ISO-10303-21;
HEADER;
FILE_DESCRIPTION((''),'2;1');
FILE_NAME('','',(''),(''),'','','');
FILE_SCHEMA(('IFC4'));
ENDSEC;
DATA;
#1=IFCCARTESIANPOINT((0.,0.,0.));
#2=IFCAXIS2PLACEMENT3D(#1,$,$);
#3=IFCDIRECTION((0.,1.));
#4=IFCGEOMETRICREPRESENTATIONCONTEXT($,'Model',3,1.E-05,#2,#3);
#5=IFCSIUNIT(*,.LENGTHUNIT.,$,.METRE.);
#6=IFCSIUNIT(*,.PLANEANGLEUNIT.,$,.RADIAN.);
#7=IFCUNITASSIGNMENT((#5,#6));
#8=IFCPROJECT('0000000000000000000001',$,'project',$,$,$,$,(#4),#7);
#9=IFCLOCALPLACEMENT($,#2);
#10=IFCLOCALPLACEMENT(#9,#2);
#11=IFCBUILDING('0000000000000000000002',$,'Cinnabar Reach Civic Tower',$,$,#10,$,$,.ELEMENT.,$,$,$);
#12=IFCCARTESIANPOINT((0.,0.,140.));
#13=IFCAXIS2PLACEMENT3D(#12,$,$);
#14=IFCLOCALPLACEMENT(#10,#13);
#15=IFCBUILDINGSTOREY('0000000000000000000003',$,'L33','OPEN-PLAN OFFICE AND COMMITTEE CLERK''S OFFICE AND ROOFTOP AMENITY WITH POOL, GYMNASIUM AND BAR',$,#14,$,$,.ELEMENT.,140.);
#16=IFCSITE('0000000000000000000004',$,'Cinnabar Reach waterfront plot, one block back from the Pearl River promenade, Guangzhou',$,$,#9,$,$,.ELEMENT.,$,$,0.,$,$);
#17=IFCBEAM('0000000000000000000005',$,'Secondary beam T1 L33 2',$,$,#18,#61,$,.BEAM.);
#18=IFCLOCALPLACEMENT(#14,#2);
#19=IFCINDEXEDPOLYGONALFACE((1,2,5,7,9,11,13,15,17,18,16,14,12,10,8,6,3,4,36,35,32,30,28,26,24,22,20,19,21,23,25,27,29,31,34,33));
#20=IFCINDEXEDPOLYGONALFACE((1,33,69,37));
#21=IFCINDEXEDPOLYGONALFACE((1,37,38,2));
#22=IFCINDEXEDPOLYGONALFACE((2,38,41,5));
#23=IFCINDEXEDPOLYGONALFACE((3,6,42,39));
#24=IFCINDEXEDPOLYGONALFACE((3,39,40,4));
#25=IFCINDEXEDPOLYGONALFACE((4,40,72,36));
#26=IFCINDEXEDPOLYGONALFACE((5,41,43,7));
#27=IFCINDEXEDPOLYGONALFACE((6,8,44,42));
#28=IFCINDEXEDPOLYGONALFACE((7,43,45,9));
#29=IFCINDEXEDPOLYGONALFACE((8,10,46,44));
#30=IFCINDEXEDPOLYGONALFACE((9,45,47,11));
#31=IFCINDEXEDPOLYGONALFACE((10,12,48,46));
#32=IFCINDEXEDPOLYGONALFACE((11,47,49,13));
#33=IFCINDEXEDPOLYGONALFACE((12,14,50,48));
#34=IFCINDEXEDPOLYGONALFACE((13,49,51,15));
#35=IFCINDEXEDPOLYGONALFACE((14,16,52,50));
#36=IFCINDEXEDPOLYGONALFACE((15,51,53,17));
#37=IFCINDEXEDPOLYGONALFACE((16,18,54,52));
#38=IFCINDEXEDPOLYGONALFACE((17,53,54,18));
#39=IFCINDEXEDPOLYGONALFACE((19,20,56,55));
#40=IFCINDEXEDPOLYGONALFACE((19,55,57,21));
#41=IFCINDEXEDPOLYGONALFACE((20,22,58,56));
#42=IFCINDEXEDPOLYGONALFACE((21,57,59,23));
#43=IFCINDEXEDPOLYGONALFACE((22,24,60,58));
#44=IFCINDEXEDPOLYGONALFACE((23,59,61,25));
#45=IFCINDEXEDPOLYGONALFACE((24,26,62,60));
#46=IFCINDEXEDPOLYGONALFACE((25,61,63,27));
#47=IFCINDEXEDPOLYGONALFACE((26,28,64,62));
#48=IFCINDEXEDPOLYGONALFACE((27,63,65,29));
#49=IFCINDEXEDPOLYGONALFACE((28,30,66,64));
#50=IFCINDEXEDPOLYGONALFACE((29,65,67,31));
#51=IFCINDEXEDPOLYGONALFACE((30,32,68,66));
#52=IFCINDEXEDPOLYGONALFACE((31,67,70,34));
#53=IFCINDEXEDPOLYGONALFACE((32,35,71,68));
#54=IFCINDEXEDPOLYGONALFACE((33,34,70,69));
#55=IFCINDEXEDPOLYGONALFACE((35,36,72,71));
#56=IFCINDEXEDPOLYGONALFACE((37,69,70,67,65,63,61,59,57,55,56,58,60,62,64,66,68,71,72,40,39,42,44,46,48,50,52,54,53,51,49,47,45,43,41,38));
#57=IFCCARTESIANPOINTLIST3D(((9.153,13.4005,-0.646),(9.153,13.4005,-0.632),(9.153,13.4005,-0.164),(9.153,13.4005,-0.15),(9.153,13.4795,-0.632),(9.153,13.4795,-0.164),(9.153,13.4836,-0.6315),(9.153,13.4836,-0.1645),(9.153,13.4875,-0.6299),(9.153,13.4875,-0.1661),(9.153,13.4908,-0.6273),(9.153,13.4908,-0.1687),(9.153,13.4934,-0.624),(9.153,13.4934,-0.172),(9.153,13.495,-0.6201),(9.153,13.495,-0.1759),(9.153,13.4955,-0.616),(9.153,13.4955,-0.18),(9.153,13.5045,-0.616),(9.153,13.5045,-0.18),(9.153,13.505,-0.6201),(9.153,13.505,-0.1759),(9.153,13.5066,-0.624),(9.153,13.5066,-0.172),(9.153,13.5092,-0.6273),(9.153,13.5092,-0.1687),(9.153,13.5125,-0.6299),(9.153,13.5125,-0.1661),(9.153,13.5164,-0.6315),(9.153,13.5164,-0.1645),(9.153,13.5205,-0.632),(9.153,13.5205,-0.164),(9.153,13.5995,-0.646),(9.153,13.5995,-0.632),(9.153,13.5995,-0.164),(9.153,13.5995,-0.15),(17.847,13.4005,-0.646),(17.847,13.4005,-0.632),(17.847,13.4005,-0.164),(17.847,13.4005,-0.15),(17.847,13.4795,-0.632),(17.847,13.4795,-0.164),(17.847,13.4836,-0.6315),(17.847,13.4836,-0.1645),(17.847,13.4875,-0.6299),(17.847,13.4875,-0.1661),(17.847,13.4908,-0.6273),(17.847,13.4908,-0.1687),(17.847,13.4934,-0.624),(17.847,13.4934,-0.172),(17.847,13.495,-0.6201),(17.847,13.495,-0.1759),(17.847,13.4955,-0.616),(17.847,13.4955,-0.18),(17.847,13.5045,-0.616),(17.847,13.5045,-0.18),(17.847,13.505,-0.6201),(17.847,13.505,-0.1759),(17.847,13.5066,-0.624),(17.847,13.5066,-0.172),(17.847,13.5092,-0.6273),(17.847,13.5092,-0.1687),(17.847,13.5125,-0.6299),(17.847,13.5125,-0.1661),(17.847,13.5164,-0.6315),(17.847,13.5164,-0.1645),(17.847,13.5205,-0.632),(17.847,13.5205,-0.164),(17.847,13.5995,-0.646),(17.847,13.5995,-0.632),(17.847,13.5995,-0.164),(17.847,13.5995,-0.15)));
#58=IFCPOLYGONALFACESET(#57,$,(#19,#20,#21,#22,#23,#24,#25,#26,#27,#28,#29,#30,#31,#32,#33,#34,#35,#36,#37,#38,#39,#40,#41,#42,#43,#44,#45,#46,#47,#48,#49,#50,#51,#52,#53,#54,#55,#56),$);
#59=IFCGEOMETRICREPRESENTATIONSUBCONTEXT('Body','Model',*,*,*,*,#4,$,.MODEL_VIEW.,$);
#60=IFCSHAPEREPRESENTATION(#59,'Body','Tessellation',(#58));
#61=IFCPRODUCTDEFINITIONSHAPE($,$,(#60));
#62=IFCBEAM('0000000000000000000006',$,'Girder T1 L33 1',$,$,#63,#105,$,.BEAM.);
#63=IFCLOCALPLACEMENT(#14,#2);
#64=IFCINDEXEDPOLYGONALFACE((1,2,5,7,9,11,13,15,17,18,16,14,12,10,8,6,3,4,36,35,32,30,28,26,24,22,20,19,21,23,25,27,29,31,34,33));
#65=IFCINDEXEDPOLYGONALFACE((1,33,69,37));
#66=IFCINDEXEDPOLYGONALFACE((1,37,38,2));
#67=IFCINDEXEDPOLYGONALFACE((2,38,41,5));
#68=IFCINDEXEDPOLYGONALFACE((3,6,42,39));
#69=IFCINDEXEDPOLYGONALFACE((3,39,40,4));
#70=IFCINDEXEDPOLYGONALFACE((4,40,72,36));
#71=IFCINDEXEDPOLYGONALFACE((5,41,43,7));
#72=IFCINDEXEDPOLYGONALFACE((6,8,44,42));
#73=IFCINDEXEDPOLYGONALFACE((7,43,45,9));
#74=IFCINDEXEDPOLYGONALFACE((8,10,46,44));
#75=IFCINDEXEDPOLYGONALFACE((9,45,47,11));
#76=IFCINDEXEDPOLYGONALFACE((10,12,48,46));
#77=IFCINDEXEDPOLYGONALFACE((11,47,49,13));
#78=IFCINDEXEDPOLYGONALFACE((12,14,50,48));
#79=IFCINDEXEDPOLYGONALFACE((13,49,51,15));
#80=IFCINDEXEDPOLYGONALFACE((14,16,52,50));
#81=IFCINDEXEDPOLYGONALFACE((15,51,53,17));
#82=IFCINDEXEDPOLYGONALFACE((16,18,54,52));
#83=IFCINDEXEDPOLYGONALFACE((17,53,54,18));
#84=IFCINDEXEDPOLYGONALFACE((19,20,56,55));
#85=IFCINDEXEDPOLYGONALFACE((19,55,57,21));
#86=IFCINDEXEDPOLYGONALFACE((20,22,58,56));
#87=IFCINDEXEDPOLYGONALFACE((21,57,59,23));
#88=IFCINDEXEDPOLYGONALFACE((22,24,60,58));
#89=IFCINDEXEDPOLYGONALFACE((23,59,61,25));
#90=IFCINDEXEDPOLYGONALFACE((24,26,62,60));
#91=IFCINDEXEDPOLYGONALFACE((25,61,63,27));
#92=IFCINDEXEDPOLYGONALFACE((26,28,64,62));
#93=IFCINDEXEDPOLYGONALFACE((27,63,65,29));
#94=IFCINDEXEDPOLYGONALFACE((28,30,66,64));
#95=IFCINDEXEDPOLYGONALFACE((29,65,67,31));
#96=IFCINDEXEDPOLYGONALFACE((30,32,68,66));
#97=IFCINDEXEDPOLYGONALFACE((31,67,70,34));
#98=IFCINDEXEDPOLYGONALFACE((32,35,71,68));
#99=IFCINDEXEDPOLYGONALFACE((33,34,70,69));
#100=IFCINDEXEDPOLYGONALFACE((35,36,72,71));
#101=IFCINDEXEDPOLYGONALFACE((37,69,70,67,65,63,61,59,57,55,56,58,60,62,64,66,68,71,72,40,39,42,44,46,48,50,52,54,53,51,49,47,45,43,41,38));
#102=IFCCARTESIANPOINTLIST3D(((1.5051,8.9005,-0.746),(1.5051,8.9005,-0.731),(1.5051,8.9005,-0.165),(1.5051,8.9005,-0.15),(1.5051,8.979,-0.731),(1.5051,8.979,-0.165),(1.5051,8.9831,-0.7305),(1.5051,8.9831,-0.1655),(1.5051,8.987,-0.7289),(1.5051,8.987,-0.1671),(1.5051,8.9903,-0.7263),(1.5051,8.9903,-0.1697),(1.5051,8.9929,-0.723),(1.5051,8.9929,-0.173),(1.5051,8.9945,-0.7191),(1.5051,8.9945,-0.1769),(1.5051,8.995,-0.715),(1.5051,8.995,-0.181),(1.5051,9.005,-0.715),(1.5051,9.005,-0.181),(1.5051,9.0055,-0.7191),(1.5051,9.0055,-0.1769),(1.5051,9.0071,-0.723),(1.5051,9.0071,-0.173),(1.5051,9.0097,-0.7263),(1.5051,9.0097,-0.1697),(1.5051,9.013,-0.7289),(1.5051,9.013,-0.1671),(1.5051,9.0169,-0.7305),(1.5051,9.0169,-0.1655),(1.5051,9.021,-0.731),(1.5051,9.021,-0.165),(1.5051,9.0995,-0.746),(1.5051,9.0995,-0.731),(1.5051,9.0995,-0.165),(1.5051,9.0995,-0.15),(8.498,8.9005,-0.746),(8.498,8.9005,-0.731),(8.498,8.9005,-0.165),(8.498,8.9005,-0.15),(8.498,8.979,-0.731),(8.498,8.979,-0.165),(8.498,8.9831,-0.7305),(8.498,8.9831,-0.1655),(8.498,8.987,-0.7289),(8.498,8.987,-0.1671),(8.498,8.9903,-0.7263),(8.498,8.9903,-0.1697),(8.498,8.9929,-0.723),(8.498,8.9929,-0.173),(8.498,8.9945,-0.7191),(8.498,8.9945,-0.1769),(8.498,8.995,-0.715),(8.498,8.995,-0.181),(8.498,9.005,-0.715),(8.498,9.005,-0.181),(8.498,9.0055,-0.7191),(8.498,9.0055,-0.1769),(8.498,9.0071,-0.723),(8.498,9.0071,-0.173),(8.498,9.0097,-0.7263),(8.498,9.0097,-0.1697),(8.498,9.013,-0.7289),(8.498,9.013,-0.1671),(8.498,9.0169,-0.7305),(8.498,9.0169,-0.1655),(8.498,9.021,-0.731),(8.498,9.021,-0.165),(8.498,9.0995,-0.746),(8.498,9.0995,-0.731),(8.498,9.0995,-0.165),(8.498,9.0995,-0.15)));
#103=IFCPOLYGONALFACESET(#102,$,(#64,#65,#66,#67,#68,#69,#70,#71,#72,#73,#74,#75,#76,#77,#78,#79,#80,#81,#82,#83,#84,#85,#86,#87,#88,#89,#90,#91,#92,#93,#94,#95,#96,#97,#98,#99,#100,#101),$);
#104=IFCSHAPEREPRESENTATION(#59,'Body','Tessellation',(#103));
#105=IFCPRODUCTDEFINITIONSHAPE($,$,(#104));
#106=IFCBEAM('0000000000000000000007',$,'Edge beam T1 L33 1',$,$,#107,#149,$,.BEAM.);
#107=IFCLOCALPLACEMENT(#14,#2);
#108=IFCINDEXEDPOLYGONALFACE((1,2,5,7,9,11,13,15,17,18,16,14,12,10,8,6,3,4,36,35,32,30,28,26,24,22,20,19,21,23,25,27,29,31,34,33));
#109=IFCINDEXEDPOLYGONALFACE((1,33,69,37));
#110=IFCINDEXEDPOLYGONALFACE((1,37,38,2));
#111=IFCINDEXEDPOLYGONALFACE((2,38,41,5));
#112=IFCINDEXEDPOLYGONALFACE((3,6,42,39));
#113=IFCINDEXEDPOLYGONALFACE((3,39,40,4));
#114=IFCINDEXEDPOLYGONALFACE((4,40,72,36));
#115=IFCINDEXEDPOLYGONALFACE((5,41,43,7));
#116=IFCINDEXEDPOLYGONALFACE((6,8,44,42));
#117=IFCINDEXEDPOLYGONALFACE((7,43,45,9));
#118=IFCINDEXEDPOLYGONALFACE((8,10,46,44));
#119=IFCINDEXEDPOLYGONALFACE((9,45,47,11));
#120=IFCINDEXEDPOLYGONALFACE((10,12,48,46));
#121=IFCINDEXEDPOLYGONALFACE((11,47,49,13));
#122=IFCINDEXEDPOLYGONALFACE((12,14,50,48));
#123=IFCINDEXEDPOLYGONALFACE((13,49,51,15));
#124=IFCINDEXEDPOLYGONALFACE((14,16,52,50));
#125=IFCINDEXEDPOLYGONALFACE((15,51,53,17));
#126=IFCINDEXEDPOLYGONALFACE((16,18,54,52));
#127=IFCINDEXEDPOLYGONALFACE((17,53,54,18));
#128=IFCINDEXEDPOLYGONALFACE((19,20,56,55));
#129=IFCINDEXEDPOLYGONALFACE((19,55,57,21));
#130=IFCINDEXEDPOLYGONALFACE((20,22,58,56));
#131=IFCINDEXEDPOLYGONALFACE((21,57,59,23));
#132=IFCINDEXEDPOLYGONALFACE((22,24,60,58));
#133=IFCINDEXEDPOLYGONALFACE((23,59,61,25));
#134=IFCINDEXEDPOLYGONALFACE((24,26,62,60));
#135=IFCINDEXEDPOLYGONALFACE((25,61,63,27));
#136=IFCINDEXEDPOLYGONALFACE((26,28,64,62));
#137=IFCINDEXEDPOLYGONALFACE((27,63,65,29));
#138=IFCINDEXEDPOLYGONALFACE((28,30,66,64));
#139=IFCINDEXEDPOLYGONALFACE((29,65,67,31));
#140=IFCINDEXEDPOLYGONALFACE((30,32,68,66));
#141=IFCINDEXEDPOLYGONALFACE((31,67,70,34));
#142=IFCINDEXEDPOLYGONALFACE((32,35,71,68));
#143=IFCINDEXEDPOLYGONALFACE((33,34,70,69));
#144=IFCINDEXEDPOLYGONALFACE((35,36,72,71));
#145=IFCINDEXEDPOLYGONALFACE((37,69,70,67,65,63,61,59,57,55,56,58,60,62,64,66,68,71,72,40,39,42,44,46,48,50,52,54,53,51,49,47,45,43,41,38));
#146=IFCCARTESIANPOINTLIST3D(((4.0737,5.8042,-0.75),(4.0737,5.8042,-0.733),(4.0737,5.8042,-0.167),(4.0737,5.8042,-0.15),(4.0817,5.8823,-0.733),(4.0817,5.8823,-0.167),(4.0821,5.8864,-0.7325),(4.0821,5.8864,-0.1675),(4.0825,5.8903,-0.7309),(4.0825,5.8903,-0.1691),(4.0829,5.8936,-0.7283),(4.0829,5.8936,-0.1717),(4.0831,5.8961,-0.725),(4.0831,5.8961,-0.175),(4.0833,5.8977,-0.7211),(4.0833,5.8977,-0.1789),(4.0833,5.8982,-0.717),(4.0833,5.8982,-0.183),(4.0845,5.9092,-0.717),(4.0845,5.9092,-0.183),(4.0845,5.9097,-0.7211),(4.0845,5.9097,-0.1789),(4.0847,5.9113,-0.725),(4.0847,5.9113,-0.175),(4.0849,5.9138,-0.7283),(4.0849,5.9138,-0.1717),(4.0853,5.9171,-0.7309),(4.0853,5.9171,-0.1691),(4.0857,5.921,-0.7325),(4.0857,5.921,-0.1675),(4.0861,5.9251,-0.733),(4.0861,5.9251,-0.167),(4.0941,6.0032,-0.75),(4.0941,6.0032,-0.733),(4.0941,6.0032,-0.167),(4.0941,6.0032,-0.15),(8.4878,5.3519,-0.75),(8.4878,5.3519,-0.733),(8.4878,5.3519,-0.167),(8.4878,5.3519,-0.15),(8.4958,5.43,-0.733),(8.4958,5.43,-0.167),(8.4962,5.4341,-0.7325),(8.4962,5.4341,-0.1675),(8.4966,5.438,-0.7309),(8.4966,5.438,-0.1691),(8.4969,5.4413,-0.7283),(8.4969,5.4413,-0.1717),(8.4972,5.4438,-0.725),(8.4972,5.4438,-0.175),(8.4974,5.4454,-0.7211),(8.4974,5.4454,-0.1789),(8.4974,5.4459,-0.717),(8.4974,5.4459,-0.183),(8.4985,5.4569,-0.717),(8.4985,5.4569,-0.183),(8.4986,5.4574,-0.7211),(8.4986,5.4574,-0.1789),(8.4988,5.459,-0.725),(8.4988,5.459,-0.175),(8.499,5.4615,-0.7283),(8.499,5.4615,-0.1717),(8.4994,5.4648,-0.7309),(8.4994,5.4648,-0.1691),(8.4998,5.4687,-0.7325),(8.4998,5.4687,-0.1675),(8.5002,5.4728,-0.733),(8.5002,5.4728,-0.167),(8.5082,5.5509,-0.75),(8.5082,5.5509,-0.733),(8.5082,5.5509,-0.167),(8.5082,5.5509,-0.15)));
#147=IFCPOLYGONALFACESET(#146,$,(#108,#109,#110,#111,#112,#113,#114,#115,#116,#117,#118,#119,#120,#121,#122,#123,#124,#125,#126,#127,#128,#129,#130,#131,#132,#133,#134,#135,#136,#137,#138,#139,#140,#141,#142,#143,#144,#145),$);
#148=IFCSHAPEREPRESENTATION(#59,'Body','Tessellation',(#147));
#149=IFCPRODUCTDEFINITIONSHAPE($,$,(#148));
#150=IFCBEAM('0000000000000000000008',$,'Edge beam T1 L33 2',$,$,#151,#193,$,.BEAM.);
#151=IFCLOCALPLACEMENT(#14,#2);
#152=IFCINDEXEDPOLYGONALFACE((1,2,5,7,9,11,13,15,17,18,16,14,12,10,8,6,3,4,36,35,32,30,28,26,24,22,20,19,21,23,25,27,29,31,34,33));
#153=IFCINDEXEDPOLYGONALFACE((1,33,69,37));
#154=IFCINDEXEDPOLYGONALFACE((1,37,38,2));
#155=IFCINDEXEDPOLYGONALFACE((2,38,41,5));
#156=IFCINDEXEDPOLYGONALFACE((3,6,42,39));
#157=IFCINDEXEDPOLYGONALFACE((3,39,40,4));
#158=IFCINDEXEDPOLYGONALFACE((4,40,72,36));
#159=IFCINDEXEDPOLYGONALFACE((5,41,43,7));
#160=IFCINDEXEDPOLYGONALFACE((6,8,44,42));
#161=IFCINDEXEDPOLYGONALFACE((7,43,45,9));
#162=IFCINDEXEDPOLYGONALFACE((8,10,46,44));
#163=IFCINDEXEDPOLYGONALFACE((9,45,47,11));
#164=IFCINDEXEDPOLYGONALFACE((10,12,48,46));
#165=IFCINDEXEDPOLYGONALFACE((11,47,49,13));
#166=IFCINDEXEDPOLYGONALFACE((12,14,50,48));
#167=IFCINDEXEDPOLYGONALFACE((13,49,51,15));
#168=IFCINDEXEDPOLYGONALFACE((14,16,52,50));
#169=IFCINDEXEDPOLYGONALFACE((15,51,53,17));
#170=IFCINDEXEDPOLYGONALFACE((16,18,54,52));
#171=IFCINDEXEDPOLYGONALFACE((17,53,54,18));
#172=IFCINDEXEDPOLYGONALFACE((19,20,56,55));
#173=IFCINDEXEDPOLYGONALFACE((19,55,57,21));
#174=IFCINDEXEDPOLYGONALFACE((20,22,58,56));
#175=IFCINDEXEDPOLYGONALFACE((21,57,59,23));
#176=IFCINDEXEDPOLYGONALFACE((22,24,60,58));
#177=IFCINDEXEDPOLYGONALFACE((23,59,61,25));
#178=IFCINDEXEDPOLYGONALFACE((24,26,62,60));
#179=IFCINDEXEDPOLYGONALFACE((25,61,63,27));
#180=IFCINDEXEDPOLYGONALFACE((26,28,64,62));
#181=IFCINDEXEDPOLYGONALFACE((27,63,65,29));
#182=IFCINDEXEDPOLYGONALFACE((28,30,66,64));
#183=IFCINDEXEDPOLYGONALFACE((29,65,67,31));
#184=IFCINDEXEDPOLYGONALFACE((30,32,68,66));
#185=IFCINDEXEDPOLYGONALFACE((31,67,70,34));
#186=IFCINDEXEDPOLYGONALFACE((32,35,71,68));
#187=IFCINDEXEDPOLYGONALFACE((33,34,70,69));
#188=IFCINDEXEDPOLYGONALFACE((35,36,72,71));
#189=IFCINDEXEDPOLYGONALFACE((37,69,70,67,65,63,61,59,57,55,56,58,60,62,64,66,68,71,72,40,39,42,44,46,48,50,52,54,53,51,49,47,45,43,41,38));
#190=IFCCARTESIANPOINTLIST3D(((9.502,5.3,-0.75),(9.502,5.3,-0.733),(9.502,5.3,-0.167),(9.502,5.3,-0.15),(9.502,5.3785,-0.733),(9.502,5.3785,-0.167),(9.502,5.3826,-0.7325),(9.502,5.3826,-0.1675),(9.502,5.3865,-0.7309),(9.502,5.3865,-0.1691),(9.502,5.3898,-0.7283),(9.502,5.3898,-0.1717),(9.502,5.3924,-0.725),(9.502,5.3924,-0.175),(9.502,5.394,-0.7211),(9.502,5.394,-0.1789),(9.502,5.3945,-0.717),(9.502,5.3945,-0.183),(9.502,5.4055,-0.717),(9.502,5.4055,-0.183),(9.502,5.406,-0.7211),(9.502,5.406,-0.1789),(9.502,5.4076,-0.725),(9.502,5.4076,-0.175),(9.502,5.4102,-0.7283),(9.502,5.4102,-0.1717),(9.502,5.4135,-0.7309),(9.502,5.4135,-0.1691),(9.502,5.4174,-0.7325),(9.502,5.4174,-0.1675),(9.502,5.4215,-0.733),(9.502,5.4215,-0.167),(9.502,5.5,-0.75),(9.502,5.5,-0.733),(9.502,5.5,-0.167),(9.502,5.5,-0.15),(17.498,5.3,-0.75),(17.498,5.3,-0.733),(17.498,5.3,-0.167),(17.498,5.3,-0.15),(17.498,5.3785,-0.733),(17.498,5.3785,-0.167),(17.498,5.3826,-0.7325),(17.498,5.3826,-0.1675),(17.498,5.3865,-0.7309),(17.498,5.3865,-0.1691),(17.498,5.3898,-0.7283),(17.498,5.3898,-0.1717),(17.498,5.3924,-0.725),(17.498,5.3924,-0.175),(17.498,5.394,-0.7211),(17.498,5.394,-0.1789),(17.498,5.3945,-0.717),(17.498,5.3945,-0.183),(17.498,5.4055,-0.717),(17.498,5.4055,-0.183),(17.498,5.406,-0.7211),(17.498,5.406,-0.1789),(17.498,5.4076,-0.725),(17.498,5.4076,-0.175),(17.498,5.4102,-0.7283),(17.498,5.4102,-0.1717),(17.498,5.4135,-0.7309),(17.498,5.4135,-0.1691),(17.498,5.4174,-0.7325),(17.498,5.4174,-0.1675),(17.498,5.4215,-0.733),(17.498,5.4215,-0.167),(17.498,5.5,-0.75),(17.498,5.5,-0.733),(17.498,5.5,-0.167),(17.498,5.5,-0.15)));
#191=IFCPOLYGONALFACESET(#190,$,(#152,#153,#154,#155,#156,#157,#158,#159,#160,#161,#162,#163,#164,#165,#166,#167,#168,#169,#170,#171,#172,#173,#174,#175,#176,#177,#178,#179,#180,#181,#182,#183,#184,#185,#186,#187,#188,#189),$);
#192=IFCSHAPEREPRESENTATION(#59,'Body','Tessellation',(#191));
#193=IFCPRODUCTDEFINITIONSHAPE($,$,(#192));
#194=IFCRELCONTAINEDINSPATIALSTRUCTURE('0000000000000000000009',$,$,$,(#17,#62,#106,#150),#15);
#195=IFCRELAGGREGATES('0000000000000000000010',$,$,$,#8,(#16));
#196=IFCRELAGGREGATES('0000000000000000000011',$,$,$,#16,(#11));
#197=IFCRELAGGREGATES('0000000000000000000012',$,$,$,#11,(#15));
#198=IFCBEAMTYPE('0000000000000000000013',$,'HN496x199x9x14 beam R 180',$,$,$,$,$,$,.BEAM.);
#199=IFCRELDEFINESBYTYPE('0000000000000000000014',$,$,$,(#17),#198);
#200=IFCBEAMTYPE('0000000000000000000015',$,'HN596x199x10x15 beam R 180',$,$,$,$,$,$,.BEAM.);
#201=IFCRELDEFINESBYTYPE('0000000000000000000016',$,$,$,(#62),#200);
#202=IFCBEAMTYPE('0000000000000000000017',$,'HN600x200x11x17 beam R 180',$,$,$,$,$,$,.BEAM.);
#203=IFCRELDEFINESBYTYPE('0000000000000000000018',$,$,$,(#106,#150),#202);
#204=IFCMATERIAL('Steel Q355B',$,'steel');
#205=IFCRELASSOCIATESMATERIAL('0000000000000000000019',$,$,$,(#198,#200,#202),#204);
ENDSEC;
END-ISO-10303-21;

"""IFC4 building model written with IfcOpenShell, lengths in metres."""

from ifc_helpers import new_model, si_unit, direction, frame, origin, origin_2d, place, context, subcontext, project, spatial, i_section, extrude, material, material_profile, profile_set, type_object, element, save


model = new_model("IFC4")

# Units and contexts
model_context = context("Model", 3, precision=1e-05, world=origin(), true_north=direction((0.0, 1.0)))
body_context = subcontext(model_context, "Body", "Model", "MODEL_VIEW")
ifc_project = project(units=[si_unit("LENGTHUNIT", "METRE"), si_unit("PLANEANGLEUNIT", "RADIAN")], contexts=[model_context])

# Site, building, storey
site_placement = place(None, origin())
site = spatial("IfcSite", under=ifc_project, at=site_placement, Name="Cinnabar Reach waterfront plot, one block back from the Pearl River promenade, Guangzhou", CompositionType="ELEMENT", RefElevation=0.0)
building_placement = place(site_placement, origin())
building = spatial("IfcBuilding", under=site, at=building_placement, Name="Cinnabar Reach Civic Tower", CompositionType="ELEMENT")
storey_placement = place(building_placement, frame((0.0, 0.0, 140.0)))
storey = spatial("IfcBuildingStorey", under=building, at=storey_placement, Name="L33", Description="OPEN-PLAN OFFICE AND COMMITTEE CLERK'S OFFICE AND ROOFTOP AMENITY WITH POOL, GYMNASIUM AND BAR", CompositionType="ELEMENT", Elevation=140.0)

# Beams
ifc_material_1 = material(Name="Steel Q355B", Category="steel")
ifc_material_profile_1 = material_profile(ifc_material_1, i_section(OverallWidth=0.199, OverallDepth=0.496, WebThickness=0.009, FlangeThickness=0.014, FilletRadius=0.016, at=origin_2d()), Name="HN496x199x9x14")
ifc_profile_set_1 = profile_set([ifc_material_profile_1], Name="Steel Q355B")
beam_type_1 = type_object("IfcBeamType", Name="HN496x199x9x14 beam R 180", PredefinedType="BEAM", material=ifc_profile_set_1)
beam_1_placement = place(storey_placement, frame((9.153, 13.5, -0.398), z_axis=(1.0, 0.0, 0.0), x_axis=(0.0, 1.0, 0.0)))
element("IfcBeam", 1, at=beam_1_placement, inside=storey, type_object=beam_type_1, Name="Secondary beam T1 L33 2", PredefinedType="BEAM", context=body_context, shape_type="SweptSolid", body=[
    extrude(i_section(OverallWidth=0.199, OverallDepth=0.496, WebThickness=0.009, FlangeThickness=0.014, FilletRadius=0.016, at=origin_2d()), origin(), (0.0, 0.0, 1.0), 8.694),
])
ifc_material_profile_2 = material_profile(ifc_material_1, i_section(OverallWidth=0.199, OverallDepth=0.596, WebThickness=0.01, FlangeThickness=0.015, FilletRadius=0.016, at=origin_2d()), Name="HN596x199x10x15")
ifc_profile_set_2 = profile_set([ifc_material_profile_2], Name="Steel Q355B")
beam_type_2 = type_object("IfcBeamType", Name="HN596x199x10x15 beam R 180", PredefinedType="BEAM", material=ifc_profile_set_2)
beam_2_placement = place(storey_placement, frame((1.5051, 9.0, -0.448), z_axis=(1.0, 0.0, 0.0), x_axis=(0.0, 1.0, 0.0)))
element("IfcBeam", 2, at=beam_2_placement, inside=storey, type_object=beam_type_2, Name="Girder T1 L33 1", PredefinedType="BEAM", context=body_context, shape_type="SweptSolid", body=[
    extrude(i_section(OverallWidth=0.199, OverallDepth=0.596, WebThickness=0.01, FlangeThickness=0.015, FilletRadius=0.016, at=origin_2d()), origin(), (0.0, 0.0, 1.0), 6.9929),
])
ifc_material_profile_3 = material_profile(ifc_material_1, i_section(OverallWidth=0.2, OverallDepth=0.6, WebThickness=0.011, FlangeThickness=0.017, FilletRadius=0.016, at=origin_2d()), Name="HN600x200x11x17")
ifc_profile_set_3 = profile_set([ifc_material_profile_3], Name="Steel Q355B")
beam_type_3 = type_object("IfcBeamType", Name="HN600x200x11x17 beam R 180", PredefinedType="BEAM", material=ifc_profile_set_3)
beam_3_placement = place(storey_placement, frame((4.0839, 5.9037, -0.45), z_axis=(0.994791, -0.101933, 0.0), x_axis=(0.101933, 0.994791, 0.0)))
element("IfcBeam", 3, at=beam_3_placement, inside=storey, type_object=beam_type_3, Name="Edge beam T1 L33 1", PredefinedType="BEAM", context=body_context, shape_type="SweptSolid", body=[
    extrude(i_section(OverallWidth=0.2, OverallDepth=0.6, WebThickness=0.011, FlangeThickness=0.017, FilletRadius=0.016, at=origin_2d()), origin(), (0.0, 0.0, 1.0), 4.4372),
])
beam_4_placement = place(storey_placement, frame((9.502, 5.4, -0.45), z_axis=(1.0, 0.0, 0.0), x_axis=(0.0, 1.0, 0.0)))
element("IfcBeam", 4, at=beam_4_placement, inside=storey, type_object=beam_type_3, Name="Edge beam T1 L33 2", PredefinedType="BEAM", context=body_context, shape_type="SweptSolid", body=[
    extrude(i_section(OverallWidth=0.2, OverallDepth=0.6, WebThickness=0.011, FlangeThickness=0.017, FilletRadius=0.016, at=origin_2d()), origin(), (0.0, 0.0, 1.0), 7.996),
])

save(model, "model.ifc")
